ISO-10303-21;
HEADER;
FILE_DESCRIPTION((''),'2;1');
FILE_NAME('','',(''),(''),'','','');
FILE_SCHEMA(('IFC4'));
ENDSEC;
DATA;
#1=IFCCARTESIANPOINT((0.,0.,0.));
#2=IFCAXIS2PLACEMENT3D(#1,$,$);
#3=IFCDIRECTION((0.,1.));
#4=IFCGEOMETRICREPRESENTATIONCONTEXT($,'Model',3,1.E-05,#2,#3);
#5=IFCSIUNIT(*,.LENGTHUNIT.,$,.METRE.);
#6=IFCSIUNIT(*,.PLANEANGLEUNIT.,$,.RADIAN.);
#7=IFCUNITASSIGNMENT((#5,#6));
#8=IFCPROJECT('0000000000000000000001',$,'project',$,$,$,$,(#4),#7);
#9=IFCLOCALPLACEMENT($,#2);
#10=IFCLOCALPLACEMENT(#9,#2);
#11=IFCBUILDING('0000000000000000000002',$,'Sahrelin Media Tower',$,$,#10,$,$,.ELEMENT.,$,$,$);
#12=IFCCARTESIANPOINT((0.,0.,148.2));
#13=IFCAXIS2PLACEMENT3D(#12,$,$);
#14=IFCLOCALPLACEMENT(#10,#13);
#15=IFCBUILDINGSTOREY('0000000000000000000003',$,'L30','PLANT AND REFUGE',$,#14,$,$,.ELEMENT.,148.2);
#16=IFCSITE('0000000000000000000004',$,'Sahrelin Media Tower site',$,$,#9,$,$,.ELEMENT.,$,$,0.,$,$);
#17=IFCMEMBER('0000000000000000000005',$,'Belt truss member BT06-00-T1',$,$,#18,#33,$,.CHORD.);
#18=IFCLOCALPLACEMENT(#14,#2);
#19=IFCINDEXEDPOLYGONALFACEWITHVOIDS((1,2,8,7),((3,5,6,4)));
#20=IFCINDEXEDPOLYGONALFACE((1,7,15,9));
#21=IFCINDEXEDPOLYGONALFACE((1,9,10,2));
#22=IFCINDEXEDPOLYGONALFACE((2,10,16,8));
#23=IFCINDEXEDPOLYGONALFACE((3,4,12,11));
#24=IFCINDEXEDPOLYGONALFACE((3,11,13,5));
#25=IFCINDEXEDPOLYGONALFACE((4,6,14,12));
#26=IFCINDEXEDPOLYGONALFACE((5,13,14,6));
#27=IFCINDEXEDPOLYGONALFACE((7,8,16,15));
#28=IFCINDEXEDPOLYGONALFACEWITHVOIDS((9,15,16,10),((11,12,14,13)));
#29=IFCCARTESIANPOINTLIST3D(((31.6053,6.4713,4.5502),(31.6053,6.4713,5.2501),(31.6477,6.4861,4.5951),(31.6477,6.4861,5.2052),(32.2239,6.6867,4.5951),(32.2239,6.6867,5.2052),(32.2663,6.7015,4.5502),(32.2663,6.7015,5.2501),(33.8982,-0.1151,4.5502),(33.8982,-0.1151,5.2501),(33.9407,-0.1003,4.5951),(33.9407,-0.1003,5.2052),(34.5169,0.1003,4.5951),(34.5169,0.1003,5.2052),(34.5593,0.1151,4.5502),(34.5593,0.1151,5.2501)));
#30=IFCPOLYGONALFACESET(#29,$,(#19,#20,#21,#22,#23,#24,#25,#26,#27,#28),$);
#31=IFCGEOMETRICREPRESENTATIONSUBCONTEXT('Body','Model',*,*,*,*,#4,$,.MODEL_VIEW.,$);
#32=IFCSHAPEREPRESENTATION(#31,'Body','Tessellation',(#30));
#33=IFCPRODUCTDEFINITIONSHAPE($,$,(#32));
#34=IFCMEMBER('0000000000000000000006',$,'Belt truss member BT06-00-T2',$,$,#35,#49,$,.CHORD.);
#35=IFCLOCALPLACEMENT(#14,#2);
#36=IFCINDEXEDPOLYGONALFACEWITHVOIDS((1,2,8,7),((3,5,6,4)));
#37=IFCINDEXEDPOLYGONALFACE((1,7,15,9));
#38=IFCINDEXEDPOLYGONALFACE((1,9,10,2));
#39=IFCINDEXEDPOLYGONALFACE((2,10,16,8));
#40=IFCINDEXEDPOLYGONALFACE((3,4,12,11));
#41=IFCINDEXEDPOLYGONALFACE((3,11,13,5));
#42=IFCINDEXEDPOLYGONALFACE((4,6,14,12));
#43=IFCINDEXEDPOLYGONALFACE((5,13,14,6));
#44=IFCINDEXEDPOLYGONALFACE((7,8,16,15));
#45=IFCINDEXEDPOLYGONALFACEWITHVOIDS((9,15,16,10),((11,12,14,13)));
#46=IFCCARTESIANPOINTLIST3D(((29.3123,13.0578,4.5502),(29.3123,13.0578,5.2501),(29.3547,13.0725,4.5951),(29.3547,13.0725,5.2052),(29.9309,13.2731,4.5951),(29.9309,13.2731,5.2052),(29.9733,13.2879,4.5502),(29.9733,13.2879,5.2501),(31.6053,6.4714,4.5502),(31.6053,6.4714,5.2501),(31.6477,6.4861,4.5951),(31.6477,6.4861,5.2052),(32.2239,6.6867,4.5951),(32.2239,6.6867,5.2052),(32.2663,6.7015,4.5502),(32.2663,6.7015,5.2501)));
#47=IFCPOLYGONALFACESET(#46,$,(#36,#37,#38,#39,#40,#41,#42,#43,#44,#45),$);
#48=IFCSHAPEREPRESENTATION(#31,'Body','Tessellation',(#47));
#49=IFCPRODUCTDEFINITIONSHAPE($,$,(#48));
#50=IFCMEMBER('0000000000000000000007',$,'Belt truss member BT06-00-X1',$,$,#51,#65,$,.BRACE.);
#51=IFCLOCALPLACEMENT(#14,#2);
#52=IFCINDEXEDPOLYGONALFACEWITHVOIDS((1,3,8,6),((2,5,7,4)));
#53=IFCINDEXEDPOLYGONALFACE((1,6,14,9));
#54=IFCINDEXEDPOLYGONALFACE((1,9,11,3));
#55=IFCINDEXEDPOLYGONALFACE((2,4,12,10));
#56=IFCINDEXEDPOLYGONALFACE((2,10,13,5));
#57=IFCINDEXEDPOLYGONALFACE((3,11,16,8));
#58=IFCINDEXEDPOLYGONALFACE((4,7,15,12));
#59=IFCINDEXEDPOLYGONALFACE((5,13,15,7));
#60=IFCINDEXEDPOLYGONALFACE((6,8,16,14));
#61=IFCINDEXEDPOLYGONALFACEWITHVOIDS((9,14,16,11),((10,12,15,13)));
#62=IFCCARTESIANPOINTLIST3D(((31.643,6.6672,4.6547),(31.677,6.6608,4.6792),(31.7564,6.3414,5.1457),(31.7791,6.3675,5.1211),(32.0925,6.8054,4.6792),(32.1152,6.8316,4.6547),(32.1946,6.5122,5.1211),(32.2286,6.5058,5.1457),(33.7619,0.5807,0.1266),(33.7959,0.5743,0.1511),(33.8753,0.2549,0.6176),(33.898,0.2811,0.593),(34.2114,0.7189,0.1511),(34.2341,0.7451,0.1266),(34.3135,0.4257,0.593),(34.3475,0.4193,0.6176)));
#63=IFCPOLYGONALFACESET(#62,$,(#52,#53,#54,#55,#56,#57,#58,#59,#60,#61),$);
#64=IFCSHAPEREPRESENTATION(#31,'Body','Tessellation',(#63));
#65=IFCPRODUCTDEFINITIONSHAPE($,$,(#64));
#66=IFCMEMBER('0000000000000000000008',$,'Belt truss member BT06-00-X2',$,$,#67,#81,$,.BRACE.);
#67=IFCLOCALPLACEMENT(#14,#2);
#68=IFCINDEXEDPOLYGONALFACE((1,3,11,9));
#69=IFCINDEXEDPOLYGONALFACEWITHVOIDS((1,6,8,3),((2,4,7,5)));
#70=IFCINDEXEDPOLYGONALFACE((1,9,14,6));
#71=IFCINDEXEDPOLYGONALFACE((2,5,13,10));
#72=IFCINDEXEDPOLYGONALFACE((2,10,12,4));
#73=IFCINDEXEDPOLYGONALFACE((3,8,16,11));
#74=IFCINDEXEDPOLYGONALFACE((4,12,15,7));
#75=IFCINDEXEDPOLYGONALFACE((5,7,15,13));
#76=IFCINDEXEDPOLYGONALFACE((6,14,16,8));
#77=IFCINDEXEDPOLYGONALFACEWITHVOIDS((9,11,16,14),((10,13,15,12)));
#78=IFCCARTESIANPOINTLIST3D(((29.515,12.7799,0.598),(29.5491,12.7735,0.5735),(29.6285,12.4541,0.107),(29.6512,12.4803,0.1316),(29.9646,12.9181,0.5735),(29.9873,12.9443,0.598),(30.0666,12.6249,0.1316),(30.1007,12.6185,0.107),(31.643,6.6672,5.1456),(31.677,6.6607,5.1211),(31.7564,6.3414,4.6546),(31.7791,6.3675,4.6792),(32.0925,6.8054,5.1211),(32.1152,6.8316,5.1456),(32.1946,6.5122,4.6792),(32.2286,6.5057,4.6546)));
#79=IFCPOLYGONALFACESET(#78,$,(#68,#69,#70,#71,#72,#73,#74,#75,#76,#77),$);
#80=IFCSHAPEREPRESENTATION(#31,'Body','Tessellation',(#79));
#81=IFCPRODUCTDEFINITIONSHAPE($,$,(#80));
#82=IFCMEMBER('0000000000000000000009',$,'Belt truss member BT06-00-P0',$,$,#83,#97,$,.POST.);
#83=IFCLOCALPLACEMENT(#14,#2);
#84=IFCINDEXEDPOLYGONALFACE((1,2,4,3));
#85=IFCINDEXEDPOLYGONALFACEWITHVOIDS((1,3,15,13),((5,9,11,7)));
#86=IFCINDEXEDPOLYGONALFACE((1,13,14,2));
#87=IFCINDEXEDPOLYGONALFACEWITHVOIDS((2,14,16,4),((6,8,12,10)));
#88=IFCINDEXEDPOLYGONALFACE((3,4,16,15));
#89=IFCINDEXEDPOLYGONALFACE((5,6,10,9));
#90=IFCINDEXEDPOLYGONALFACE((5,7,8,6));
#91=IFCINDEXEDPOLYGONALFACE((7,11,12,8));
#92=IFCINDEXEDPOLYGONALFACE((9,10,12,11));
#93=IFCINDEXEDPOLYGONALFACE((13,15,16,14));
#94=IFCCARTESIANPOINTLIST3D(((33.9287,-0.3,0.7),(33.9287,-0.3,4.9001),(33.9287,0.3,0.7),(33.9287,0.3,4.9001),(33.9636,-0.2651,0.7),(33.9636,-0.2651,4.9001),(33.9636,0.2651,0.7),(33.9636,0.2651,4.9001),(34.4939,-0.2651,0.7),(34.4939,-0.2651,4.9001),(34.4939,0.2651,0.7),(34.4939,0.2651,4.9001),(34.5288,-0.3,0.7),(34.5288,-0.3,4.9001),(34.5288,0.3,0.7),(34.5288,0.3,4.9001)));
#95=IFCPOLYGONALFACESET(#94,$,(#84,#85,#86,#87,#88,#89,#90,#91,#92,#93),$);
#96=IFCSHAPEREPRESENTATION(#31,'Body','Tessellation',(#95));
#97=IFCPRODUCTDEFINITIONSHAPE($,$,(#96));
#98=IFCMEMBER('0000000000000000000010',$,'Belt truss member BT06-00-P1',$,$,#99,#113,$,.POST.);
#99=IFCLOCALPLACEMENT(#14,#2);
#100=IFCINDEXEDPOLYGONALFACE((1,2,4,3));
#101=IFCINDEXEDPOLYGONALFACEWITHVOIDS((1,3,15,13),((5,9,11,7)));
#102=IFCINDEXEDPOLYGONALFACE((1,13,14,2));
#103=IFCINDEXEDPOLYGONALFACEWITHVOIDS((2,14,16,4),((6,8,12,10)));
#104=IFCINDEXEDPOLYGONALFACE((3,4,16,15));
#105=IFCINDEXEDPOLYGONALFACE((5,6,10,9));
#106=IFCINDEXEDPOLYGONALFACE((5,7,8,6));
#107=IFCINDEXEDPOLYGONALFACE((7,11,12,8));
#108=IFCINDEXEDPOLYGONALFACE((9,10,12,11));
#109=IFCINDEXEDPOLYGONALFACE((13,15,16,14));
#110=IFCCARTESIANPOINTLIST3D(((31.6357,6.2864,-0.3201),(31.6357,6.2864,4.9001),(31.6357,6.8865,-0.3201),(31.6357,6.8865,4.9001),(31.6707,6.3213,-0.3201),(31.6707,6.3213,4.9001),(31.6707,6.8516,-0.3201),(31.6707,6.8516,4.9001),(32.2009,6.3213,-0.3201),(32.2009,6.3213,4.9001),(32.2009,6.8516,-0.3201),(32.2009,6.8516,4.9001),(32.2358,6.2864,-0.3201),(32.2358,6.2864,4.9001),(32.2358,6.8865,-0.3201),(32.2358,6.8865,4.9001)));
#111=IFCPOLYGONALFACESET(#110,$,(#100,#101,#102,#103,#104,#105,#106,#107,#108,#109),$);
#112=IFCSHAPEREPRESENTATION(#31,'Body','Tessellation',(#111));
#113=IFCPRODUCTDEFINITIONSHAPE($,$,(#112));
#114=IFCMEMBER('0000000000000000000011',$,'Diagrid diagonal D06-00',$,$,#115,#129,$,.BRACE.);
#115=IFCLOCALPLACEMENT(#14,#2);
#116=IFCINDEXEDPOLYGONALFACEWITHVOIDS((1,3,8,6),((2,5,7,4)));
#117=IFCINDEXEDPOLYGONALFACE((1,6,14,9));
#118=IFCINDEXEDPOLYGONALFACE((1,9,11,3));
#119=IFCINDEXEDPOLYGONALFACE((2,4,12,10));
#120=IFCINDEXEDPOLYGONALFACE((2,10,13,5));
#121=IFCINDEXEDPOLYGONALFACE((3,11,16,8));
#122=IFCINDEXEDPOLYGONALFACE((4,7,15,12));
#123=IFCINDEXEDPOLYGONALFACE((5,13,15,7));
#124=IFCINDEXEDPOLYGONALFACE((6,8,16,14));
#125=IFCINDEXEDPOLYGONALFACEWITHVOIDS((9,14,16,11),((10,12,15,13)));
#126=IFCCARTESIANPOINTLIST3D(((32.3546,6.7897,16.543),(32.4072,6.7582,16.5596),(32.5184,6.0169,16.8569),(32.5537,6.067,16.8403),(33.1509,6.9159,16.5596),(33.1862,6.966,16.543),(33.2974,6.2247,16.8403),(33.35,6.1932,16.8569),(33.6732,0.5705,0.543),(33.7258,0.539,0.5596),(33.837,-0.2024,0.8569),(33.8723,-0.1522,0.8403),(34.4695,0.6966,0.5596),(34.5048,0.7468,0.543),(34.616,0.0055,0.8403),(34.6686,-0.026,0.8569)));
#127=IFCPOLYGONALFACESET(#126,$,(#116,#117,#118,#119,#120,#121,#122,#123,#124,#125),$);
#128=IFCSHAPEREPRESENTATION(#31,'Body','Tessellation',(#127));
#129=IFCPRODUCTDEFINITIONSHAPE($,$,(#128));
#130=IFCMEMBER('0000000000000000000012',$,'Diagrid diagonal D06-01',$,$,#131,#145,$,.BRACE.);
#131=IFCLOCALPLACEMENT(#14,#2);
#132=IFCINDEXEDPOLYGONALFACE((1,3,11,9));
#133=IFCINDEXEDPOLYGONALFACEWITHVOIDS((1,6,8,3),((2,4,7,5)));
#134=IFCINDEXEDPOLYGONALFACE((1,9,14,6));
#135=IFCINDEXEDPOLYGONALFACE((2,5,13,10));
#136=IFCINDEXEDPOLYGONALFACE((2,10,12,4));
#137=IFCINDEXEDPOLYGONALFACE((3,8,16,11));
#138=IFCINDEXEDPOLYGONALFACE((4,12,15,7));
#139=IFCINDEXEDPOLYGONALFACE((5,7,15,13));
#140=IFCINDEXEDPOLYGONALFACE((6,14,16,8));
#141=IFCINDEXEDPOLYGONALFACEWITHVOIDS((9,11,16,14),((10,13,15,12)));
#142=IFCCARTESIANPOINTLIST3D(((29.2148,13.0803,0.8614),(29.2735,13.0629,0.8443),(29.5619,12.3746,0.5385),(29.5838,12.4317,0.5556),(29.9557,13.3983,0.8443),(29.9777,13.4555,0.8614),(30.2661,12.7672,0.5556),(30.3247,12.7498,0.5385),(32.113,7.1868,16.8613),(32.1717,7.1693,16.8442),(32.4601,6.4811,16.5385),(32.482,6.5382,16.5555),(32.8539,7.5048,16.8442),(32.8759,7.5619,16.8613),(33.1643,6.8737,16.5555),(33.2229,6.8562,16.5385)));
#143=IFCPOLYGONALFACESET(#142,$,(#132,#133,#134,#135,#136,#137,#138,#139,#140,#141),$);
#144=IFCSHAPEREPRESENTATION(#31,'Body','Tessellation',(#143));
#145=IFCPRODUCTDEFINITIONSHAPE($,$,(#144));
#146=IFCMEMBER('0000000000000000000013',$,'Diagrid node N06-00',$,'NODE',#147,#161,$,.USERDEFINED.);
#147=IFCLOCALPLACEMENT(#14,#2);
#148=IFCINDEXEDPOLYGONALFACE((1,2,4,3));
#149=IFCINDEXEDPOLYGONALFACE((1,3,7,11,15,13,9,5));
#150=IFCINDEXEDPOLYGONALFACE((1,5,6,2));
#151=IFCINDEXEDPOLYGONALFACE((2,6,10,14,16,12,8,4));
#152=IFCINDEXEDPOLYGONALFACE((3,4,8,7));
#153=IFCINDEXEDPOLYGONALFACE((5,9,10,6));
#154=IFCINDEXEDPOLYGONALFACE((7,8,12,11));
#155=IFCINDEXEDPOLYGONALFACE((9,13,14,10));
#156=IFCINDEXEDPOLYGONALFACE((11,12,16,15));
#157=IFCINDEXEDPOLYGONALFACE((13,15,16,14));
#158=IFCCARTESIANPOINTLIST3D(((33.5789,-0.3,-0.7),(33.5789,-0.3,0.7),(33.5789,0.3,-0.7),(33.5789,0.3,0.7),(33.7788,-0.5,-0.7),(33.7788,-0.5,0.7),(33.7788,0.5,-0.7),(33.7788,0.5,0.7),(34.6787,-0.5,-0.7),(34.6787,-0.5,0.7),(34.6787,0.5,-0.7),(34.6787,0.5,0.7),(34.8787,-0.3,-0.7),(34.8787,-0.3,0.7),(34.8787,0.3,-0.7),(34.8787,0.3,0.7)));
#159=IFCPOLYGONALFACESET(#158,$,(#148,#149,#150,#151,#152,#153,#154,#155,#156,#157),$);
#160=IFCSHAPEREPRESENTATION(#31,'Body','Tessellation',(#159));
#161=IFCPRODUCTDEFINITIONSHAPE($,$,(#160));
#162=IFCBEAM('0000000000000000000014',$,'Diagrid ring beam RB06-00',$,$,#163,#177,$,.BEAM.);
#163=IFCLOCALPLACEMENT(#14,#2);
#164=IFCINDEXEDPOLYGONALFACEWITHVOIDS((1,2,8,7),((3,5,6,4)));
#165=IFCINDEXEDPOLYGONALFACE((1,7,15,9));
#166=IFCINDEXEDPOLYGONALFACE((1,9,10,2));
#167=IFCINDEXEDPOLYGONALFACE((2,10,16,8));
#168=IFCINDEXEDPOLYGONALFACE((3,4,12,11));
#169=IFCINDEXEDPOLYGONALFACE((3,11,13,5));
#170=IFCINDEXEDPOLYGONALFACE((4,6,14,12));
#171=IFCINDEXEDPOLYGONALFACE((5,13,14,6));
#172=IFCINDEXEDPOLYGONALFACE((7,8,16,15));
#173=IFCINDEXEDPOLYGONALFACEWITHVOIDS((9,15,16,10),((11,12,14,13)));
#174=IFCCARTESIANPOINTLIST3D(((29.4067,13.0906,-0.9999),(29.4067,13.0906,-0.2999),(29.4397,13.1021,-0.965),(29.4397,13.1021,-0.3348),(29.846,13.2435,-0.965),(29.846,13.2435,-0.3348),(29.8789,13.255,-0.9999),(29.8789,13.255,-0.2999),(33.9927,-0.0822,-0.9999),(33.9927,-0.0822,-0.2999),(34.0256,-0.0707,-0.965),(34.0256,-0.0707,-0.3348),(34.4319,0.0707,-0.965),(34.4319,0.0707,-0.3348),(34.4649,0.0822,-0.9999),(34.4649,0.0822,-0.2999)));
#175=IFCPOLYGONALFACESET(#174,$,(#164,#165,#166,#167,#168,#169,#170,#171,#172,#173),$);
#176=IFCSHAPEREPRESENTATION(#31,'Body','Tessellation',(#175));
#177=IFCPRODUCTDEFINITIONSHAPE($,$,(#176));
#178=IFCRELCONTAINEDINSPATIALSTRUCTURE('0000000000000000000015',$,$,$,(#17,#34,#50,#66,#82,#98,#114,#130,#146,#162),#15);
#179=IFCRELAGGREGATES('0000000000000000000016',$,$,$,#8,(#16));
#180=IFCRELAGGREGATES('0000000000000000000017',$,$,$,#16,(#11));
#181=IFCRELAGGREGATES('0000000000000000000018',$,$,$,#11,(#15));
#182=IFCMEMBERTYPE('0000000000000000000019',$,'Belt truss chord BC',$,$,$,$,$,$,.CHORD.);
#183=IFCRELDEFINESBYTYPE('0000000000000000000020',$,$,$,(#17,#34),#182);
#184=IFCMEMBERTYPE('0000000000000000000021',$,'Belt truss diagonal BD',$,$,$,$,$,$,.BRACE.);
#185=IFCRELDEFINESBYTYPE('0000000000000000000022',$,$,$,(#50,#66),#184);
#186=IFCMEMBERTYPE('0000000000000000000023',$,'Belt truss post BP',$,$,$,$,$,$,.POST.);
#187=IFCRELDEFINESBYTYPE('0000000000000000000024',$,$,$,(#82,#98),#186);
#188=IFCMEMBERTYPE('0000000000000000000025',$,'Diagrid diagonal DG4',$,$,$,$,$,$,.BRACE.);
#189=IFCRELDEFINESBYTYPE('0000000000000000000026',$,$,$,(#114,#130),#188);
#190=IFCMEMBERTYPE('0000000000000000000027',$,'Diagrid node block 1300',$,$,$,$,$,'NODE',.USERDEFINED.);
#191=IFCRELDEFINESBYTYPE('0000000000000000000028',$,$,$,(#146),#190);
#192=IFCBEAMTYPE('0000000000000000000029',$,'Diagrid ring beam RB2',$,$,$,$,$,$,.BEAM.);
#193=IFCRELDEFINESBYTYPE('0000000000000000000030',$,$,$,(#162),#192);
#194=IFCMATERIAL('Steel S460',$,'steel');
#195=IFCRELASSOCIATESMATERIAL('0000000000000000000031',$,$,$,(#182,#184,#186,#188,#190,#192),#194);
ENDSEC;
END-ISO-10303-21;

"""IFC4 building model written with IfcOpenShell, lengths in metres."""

from ifc_helpers import new_model, si_unit, direction, frame, origin, origin_2d, place, context, subcontext, project, spatial, polyline, hollow_rectangle, outline, extrude, material, material_profile, profile_set, type_object, element, save


model = new_model("IFC4")

# Units and contexts
model_context = context("Model", 3, precision=1e-05, world=origin(), true_north=direction((0.0, 1.0)))
body_context = subcontext(model_context, "Body", "Model", "MODEL_VIEW")
ifc_project = project(units=[si_unit("LENGTHUNIT", "METRE"), si_unit("PLANEANGLEUNIT", "RADIAN")], contexts=[model_context])

# Site, building, storey
site_placement = place(None, origin())
site = spatial("IfcSite", under=ifc_project, at=site_placement, Name="Sahrelin Media Tower site", CompositionType="ELEMENT", RefElevation=0.0)
building_placement = place(site_placement, origin())
building = spatial("IfcBuilding", under=site, at=building_placement, Name="Sahrelin Media Tower", CompositionType="ELEMENT")
storey_placement = place(building_placement, frame((0.0, 0.0, 148.2)))
storey = spatial("IfcBuildingStorey", under=building, at=storey_placement, Name="L30", Description="PLANT AND REFUGE", CompositionType="ELEMENT", Elevation=148.2)

# Members
ifc_material_1 = material(Name="Steel S460", Category="steel")
ifc_material_profile_1 = material_profile(ifc_material_1, hollow_rectangle(XDim=0.7, YDim=0.7, WallThickness=0.0449, at=origin_2d()), Name="Belt truss chord BC")
ifc_profile_set_1 = profile_set([ifc_material_profile_1], Name="Steel S460")
member_type_1 = type_object("IfcMemberType", Name="Belt truss chord BC", PredefinedType="CHORD", material=ifc_profile_set_1)
for number, where, z_axis, x_axis, name in (
    (1, (34.2288, 0.0, 4.9001), (-0.328781, 0.944406, 0.0), (-0.944406, -0.328781, 0.0), "Belt truss member BT06-00-T1"),
    (2, (31.9358, 6.5864, 4.9001), (-0.328781, 0.944406, 0.0), (-0.944406, -0.328781, 0.0), "Belt truss member BT06-00-T2"),
):
    element("IfcMember", number, at=place(storey_placement, frame(where, z_axis=z_axis, x_axis=x_axis)), inside=storey, type_object=member_type_1, Name=name, PredefinedType="CHORD", context=body_context, shape_type="SweptSolid", body=[
        extrude(hollow_rectangle(XDim=0.7, YDim=0.7, WallThickness=0.0449, at=origin_2d()), origin(), (0.0, 0.0, 1.0), 6.9741),
    ])
ifc_material_profile_2 = material_profile(ifc_material_1, hollow_rectangle(XDim=0.5, YDim=0.6001, WallThickness=0.03, at=origin_2d()), Name="Belt truss diagonal BD")
ifc_profile_set_2 = profile_set([ifc_material_profile_2], Name="Steel S460")
member_type_2 = type_object("IfcMemberType", Name="Belt truss diagonal BD", PredefinedType="BRACE", material=ifc_profile_set_2)
member_1_placement = place(storey_placement, frame((34.0547, 0.5, 0.3721), z_axis=(-0.269018, 0.772741, 0.574891), x_axis=(-0.944406, -0.328781, 0.0)))
element("IfcMember", 3, at=member_1_placement, inside=storey, type_object=member_type_2, Name="Belt truss member BT06-00-X1", PredefinedType="BRACE", context=body_context, shape_type="SweptSolid", body=[
    extrude(hollow_rectangle(XDim=0.5, YDim=0.6001, WallThickness=0.03, at=origin_2d()), origin(), (0.0, 0.0, 1.0), 7.8765),
])
member_2_placement = place(storey_placement, frame((29.8079, 12.6992, 0.3525), z_axis=(0.269003, -0.77275, 0.574887), x_axis=(0.944413, 0.328761, 0.0)))
element("IfcMember", 4, at=member_2_placement, inside=storey, type_object=member_type_2, Name="Belt truss member BT06-00-X2", PredefinedType="BRACE", context=body_context, shape_type="SweptSolid", body=[
    extrude(hollow_rectangle(XDim=0.5, YDim=0.6001, WallThickness=0.03, at=origin_2d()), origin(), (0.0, 0.0, 1.0), 7.9104),
])
ifc_material_profile_3 = material_profile(ifc_material_1, hollow_rectangle(XDim=0.6001, YDim=0.6001, WallThickness=0.0349, at=origin_2d()), Name="Belt truss post BP")
ifc_profile_set_3 = profile_set([ifc_material_profile_3], Name="Steel S460")
member_type_3 = type_object("IfcMemberType", Name="Belt truss post BP", PredefinedType="POST", material=ifc_profile_set_3)
member_3_placement = place(storey_placement, frame((34.2288, 0.0, 0.7), z_axis=(0.0, 0.0, 1.0), x_axis=(1.0, 0.0, 0.0)))
element("IfcMember", 5, at=member_3_placement, inside=storey, type_object=member_type_3, Name="Belt truss member BT06-00-P0", PredefinedType="POST", context=body_context, shape_type="SweptSolid", body=[
    extrude(hollow_rectangle(XDim=0.6001, YDim=0.6001, WallThickness=0.0349, at=origin_2d()), origin(), (0.0, 0.0, 1.0), 4.2002),
])
member_4_placement = place(storey_placement, frame((31.9358, 6.5864, -0.3201), z_axis=(0.0, 0.0, 1.0), x_axis=(1.0, 0.0, 0.0)))
element("IfcMember", 6, at=member_4_placement, inside=storey, type_object=member_type_3, Name="Belt truss member BT06-00-P1", PredefinedType="POST", context=body_context, shape_type="SweptSolid", body=[
    extrude(hollow_rectangle(XDim=0.6001, YDim=0.6001, WallThickness=0.0349, at=origin_2d()), origin(), (0.0, 0.0, 1.0), 5.2202),
])
ifc_material_profile_4 = material_profile(ifc_material_1, hollow_rectangle(XDim=0.8501, YDim=0.8501, WallThickness=0.0449, at=origin_2d()), Name="Diagrid diagonal DG4")
ifc_profile_set_4 = profile_set([ifc_material_profile_4], Name="Steel S460")
member_type_4 = type_object("IfcMemberType", Name="Diagrid diagonal DG4", PredefinedType="BRACE", material=ifc_profile_set_4)
member_5_placement = place(storey_placement, frame((34.1709, 0.2722, 0.7), z_axis=(-0.076588, 0.361231, 0.929326), x_axis=(-0.978254, -0.20741, 0.0)))
element("IfcMember", 7, at=member_5_placement, inside=storey, type_object=member_type_4, Name="Diagrid diagonal D06-00", PredefinedType="BRACE", context=body_context, shape_type="SweptSolid", body=[
    extrude(hollow_rectangle(XDim=0.8501, YDim=0.8501, WallThickness=0.0449, at=origin_2d()), origin(), (0.0, 0.0, 1.0), 17.2168),
])
member_6_placement = place(storey_placement, frame((29.7698, 12.915, 0.7), z_axis=(0.167569, -0.340757, 0.925097), x_axis=(0.897367, 0.441286, 0.0)))
element("IfcMember", 8, at=member_6_placement, inside=storey, type_object=member_type_4, Name="Diagrid diagonal D06-01", PredefinedType="BRACE", context=body_context, shape_type="SweptSolid", body=[
    extrude(hollow_rectangle(XDim=0.8501, YDim=0.8501, WallThickness=0.0449, at=origin_2d()), origin(), (0.0, 0.0, 1.0), 17.2954),
])
ifc_material_profile_5 = material_profile(ifc_material_1, outline(polyline([(0.45, -0.5), (0.6499, -0.3), (0.6499, 0.3), (0.45, 0.5), (-0.45, 0.5), (-0.6499, 0.3), (-0.6499, -0.3), (-0.45, -0.5), (0.45, -0.5)])), Name="Diagrid node block 1300")
ifc_profile_set_5 = profile_set([ifc_material_profile_5], Name="Steel S460")
member_type_5 = type_object("IfcMemberType", Name="Diagrid node block 1300", ElementType="NODE", PredefinedType="USERDEFINED", material=ifc_profile_set_5)
member_7_placement = place(storey_placement, frame((34.2288, 0.0, -0.7), z_axis=(0.0, 0.0, 1.0), x_axis=(1.0, 0.0, 0.0)))
element("IfcMember", 9, at=member_7_placement, inside=storey, type_object=member_type_5, Name="Diagrid node N06-00", ObjectType="NODE", PredefinedType="USERDEFINED", context=body_context, shape_type="SweptSolid", body=[
    extrude(outline(polyline([(0.45, -0.5), (0.6499, -0.3), (0.6499, 0.3), (0.45, 0.5), (-0.45, 0.5), (-0.6499, 0.3), (-0.6499, -0.3), (-0.45, -0.5), (0.45, -0.5)])), origin(), (0.0, 0.0, 1.0), 1.3999),
])

# Beam
ifc_material_profile_6 = material_profile(ifc_material_1, hollow_rectangle(XDim=0.5, YDim=0.7, WallThickness=0.0349, at=origin_2d()), Name="Diagrid ring beam RB2")
ifc_profile_set_6 = profile_set([ifc_material_profile_6], Name="Steel S460")
beam_type_1 = type_object("IfcBeamType", Name="Diagrid ring beam RB2", PredefinedType="BEAM", material=ifc_profile_set_6)
beam_1_placement = place(storey_placement, frame((34.2288, 0.0, -0.6499), z_axis=(-0.328781, 0.944406, 0.0), x_axis=(-0.944406, -0.328781, 0.0)))
element("IfcBeam", 10, at=beam_1_placement, inside=storey, type_object=beam_type_1, Name="Diagrid ring beam RB06-00", PredefinedType="BEAM", context=body_context, shape_type="SweptSolid", body=[
    extrude(hollow_rectangle(XDim=0.5, YDim=0.7, WallThickness=0.0349, at=origin_2d()), origin(), (0.0, 0.0, 1.0), 13.9482),
])

save(model, "model.ifc")
